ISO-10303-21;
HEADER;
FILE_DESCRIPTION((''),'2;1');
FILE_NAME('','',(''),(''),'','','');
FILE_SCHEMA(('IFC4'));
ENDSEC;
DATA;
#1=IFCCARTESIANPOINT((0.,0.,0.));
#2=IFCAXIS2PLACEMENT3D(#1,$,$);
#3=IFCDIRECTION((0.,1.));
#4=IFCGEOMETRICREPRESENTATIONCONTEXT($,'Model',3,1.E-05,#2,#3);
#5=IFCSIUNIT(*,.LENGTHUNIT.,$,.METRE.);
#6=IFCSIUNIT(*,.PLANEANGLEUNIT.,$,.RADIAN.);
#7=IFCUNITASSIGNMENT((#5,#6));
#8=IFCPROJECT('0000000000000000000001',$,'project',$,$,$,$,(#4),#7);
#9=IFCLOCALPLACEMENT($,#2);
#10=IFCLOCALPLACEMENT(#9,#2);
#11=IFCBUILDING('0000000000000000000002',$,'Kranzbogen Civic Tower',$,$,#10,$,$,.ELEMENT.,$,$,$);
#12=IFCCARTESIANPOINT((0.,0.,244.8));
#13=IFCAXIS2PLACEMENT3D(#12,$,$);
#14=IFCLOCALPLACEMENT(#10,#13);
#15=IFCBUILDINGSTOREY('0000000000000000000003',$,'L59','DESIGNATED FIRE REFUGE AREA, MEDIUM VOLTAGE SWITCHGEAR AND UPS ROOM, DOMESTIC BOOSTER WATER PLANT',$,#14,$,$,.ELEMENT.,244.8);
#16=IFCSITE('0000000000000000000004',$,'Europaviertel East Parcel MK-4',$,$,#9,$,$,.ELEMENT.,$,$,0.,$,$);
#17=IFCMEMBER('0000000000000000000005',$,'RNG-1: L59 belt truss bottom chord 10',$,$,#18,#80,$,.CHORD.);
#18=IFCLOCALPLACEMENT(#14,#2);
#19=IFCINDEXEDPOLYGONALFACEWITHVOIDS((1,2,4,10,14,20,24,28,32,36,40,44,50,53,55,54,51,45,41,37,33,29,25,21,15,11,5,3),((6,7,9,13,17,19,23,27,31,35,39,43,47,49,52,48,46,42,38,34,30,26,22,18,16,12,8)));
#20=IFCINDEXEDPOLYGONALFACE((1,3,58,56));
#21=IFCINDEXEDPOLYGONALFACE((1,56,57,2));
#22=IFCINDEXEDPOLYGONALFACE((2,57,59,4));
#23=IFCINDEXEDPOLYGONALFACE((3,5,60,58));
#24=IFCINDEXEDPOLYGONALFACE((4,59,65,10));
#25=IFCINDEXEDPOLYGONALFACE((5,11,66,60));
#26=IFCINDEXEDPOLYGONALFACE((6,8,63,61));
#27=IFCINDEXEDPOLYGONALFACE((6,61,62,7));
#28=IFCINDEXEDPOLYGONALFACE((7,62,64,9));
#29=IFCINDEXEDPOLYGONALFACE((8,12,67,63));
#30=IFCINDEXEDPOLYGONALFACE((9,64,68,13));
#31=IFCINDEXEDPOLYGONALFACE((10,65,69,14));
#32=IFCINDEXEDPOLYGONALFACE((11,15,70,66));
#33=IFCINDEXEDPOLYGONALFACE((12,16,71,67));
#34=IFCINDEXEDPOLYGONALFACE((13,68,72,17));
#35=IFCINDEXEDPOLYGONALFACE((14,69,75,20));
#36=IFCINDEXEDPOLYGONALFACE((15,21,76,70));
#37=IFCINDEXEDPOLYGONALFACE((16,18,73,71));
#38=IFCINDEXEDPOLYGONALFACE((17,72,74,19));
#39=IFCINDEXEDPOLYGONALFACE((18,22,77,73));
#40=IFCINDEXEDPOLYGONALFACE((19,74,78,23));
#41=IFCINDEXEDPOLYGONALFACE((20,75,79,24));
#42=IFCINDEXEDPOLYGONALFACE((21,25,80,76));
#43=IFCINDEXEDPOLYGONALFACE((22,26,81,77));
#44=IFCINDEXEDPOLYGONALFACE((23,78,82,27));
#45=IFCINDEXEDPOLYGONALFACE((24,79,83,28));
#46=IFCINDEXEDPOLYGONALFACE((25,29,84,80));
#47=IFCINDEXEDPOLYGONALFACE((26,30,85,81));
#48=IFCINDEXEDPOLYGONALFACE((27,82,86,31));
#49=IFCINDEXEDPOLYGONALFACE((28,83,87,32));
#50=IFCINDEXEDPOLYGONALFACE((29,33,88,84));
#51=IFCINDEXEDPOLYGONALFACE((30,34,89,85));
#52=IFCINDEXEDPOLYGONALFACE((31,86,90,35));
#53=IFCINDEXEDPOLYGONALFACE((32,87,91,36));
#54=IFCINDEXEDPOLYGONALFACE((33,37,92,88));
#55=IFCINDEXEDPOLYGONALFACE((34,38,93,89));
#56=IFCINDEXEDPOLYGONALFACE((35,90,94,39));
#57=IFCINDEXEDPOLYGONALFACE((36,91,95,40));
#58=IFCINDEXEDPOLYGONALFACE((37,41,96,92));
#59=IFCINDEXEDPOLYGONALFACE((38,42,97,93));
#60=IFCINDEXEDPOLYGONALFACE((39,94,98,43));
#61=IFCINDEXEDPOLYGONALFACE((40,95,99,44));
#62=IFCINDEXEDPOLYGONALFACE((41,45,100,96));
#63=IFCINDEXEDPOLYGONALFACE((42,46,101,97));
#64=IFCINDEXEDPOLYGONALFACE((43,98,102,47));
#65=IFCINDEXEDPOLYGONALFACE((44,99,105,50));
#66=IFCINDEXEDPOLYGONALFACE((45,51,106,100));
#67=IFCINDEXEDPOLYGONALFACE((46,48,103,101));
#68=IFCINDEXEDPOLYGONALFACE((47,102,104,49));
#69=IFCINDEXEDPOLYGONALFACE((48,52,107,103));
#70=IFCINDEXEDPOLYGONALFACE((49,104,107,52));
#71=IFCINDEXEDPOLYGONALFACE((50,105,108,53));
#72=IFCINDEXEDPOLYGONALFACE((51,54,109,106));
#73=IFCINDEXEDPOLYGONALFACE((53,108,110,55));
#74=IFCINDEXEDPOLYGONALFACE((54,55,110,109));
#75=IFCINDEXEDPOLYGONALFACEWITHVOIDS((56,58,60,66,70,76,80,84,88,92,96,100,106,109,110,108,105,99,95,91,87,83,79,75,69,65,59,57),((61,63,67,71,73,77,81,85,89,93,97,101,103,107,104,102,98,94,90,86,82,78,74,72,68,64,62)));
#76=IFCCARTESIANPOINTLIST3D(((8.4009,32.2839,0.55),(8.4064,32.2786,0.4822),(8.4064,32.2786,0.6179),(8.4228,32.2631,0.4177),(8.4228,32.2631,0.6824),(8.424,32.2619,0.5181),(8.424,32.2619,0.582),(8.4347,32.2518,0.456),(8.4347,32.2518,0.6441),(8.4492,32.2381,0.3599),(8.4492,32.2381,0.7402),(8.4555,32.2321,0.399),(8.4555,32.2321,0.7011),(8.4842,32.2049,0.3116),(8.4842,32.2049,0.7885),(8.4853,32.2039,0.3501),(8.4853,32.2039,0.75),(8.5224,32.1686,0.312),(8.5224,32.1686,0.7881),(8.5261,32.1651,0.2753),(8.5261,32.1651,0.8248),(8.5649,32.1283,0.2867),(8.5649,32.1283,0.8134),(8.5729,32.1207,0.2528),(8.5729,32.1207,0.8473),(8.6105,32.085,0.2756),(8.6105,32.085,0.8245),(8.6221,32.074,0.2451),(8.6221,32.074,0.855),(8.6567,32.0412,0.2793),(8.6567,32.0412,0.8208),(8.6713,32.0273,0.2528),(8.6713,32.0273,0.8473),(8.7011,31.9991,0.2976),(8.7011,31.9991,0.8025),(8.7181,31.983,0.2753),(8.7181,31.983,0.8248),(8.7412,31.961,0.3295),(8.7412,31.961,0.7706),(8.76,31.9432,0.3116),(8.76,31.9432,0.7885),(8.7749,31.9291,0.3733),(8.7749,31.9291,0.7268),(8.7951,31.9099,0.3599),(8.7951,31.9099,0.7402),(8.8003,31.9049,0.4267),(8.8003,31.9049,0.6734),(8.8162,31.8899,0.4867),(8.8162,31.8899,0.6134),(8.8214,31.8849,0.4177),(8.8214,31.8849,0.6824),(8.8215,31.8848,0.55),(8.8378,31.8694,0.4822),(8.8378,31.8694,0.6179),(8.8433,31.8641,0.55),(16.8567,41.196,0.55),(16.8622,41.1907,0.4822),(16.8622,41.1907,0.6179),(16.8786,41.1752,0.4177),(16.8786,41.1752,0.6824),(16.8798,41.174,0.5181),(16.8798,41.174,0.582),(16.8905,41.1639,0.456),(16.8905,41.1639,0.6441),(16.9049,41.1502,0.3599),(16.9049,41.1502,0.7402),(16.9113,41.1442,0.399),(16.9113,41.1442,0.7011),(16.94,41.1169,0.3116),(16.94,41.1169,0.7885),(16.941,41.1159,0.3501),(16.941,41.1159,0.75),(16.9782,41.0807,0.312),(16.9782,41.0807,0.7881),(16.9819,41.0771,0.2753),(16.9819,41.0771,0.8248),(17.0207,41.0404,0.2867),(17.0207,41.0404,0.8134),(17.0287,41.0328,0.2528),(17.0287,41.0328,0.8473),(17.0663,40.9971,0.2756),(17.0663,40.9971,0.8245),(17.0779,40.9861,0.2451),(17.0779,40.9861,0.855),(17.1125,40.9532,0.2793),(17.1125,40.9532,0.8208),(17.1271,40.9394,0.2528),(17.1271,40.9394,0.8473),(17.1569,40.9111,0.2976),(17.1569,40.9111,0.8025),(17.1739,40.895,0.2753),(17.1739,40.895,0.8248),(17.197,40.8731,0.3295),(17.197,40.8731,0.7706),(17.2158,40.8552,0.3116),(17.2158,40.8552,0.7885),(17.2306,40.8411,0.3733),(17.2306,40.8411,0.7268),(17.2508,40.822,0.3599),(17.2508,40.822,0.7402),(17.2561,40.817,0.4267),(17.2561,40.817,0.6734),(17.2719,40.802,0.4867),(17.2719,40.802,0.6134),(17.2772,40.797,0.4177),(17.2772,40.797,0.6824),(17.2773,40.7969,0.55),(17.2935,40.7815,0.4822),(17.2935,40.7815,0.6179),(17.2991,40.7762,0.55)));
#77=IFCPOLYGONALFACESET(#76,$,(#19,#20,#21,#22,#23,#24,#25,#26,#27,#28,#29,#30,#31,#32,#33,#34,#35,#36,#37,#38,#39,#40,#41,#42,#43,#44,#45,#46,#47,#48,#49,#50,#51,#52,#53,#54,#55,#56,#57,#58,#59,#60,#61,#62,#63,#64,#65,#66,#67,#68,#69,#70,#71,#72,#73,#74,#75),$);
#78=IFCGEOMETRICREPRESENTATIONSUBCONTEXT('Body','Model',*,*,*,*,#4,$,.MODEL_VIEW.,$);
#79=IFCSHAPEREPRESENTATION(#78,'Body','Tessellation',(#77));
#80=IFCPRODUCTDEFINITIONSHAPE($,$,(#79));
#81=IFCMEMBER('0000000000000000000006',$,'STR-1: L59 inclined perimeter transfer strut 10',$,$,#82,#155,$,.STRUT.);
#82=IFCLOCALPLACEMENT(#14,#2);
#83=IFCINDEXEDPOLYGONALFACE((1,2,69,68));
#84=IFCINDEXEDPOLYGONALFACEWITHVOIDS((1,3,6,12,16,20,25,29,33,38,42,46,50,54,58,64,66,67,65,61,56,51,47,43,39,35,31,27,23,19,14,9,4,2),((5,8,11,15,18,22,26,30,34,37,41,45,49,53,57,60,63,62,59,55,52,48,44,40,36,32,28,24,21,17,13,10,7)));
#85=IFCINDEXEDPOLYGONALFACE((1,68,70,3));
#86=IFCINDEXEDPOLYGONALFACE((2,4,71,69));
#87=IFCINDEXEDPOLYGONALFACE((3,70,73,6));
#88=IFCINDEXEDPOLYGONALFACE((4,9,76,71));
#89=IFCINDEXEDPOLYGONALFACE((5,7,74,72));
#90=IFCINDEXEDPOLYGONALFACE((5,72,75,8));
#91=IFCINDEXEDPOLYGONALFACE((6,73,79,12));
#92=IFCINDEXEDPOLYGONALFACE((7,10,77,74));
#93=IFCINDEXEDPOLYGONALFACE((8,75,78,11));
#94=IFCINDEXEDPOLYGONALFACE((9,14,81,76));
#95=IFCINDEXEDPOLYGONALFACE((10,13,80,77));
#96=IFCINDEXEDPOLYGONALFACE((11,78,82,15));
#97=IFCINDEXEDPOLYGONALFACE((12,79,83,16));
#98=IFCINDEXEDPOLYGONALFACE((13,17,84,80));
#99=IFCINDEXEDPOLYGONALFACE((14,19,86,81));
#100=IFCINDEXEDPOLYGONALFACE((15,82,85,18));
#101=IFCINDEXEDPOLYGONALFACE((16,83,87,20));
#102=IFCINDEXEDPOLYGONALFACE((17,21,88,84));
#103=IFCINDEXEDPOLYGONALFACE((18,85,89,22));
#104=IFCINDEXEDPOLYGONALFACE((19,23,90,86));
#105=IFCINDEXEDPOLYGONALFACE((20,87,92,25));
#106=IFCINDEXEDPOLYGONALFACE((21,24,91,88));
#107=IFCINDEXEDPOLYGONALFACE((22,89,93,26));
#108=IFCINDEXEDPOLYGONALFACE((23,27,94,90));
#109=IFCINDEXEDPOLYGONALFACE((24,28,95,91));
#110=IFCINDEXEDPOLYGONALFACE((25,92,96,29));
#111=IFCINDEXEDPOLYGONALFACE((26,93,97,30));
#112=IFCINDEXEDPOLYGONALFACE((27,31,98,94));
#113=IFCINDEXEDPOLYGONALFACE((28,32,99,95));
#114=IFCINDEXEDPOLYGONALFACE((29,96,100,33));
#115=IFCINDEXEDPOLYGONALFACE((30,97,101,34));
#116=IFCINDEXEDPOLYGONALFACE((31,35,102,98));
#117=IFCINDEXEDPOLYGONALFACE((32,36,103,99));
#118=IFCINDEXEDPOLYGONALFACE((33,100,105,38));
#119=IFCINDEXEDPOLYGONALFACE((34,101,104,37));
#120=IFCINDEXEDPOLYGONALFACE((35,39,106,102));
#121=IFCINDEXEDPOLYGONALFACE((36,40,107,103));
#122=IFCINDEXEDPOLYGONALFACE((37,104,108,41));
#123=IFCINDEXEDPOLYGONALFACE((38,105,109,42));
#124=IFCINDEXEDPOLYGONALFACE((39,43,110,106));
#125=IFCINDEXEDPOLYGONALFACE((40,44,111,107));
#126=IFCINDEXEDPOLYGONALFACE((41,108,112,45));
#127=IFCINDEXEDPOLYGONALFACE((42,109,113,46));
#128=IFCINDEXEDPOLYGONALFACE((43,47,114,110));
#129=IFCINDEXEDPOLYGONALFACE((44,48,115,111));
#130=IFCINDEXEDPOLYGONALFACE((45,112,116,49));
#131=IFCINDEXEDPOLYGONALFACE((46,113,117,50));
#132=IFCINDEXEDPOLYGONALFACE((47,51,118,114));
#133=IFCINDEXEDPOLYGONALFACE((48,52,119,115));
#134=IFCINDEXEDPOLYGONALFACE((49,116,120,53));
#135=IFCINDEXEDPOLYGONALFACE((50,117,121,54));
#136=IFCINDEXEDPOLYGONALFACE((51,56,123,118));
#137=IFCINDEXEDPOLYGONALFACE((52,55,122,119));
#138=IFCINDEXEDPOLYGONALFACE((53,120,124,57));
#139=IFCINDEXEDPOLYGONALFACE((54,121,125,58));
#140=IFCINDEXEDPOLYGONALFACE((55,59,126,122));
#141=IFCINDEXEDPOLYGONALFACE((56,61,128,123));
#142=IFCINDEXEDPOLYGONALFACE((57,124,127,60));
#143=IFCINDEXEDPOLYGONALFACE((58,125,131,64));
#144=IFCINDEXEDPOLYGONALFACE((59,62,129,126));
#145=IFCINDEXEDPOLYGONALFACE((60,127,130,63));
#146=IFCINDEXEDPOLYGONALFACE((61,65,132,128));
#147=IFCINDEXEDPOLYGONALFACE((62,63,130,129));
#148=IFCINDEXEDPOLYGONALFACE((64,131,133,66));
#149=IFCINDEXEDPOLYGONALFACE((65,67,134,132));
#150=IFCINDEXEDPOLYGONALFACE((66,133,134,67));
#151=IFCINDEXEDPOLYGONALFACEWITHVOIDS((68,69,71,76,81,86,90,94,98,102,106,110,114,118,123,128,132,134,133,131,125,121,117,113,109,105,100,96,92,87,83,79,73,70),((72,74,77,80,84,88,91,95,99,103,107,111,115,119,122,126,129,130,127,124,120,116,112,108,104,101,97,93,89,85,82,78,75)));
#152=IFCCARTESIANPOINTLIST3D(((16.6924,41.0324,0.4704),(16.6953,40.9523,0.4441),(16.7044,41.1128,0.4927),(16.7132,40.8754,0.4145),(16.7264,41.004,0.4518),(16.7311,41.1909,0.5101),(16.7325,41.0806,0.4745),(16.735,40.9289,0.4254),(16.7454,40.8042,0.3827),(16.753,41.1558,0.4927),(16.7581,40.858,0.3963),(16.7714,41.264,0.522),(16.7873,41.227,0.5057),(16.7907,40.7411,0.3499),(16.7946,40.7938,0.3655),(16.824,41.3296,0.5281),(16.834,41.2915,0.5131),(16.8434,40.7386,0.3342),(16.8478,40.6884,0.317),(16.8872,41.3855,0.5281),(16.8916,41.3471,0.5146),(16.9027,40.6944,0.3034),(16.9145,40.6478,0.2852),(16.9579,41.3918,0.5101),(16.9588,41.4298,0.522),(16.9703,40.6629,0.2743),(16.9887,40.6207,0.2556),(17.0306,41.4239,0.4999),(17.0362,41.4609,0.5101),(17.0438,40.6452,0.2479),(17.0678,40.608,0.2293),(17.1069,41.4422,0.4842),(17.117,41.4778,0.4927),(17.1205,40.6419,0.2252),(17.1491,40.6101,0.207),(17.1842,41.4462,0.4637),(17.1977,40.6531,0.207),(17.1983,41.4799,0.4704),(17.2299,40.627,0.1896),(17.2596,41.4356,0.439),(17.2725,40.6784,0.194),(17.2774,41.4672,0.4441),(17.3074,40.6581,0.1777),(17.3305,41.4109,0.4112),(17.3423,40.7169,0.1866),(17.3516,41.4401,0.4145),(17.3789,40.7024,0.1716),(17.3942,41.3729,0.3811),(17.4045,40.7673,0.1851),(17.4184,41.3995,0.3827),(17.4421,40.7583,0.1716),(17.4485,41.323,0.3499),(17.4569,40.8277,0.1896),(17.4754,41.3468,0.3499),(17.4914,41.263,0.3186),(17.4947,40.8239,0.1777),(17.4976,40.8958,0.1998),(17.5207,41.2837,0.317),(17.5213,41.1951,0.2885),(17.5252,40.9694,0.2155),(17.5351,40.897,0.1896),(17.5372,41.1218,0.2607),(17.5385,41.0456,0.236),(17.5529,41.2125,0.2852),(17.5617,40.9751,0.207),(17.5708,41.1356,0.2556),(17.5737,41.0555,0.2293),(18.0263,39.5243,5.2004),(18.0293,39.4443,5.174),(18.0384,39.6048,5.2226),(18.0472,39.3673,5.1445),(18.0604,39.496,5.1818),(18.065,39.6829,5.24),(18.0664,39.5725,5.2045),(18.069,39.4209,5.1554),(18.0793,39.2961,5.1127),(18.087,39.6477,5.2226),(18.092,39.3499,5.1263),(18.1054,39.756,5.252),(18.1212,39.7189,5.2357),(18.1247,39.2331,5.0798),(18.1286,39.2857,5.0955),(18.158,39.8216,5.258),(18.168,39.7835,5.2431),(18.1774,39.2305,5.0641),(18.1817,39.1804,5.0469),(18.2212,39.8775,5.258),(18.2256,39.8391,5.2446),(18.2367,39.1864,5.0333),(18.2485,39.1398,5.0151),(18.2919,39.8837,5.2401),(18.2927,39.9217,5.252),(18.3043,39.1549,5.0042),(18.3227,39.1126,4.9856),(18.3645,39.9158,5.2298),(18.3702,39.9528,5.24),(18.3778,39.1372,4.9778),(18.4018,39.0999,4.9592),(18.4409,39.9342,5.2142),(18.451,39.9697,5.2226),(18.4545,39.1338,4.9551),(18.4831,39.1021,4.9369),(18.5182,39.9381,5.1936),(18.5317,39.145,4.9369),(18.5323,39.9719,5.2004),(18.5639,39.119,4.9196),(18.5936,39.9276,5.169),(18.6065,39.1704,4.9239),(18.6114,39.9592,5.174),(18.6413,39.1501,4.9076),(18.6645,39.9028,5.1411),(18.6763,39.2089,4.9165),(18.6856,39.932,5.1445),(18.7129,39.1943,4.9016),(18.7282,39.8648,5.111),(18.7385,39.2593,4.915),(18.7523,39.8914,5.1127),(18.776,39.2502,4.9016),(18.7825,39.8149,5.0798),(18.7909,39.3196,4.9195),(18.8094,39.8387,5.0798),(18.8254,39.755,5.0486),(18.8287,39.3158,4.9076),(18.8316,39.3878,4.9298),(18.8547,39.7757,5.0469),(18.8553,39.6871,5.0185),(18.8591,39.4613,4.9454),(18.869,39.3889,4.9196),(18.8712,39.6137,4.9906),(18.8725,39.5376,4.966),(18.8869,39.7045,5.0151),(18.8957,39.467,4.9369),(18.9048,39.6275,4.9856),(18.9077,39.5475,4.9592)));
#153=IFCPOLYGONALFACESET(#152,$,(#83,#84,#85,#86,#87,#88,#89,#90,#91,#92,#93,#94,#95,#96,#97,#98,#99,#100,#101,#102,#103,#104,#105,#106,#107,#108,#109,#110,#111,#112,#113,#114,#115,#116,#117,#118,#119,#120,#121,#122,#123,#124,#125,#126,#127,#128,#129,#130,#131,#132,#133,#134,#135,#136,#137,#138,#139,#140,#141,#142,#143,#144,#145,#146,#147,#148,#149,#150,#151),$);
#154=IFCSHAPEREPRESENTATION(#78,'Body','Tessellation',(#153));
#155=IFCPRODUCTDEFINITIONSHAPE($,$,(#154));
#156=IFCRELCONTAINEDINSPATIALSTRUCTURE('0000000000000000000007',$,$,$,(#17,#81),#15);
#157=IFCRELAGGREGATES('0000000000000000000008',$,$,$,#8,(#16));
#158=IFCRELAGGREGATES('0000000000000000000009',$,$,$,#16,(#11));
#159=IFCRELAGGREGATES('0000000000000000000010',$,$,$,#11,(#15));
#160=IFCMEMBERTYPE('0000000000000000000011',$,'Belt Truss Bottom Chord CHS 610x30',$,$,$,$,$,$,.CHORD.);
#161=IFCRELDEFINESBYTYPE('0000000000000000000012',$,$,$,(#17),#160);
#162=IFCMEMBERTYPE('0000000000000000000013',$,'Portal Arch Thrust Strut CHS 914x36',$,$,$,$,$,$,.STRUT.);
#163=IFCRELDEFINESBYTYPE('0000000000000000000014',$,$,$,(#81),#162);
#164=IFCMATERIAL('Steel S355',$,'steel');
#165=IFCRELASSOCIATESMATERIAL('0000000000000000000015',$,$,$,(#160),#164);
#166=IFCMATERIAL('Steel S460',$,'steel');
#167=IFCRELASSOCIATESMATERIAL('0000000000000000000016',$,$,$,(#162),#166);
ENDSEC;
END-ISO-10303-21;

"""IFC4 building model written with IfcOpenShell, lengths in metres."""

from ifc_helpers import new_model, si_unit, direction, frame, origin, origin_2d, place, context, subcontext, project, spatial, hollow_circle, extrude, material, material_profile, profile_set, type_object, element, save


model = new_model("IFC4")

# Units and contexts
model_context = context("Model", 3, precision=1e-05, world=origin(), true_north=direction((0.0, 1.0)))
body_context = subcontext(model_context, "Body", "Model", "MODEL_VIEW")
ifc_project = project(units=[si_unit("LENGTHUNIT", "METRE"), si_unit("PLANEANGLEUNIT", "RADIAN")], contexts=[model_context])

# Site, building, storey
site_placement = place(None, origin())
site = spatial("IfcSite", under=ifc_project, at=site_placement, Name="Europaviertel East Parcel MK-4", CompositionType="ELEMENT", RefElevation=0.0)
building_placement = place(site_placement, origin())
building = spatial("IfcBuilding", under=site, at=building_placement, Name="Kranzbogen Civic Tower", CompositionType="ELEMENT")
storey_placement = place(building_placement, frame((0.0, 0.0, 244.8)))
storey = spatial("IfcBuildingStorey", under=building, at=storey_placement, Name="L59", Description="DESIGNATED FIRE REFUGE AREA, MEDIUM VOLTAGE SWITCHGEAR AND UPS ROOM, DOMESTIC BOOSTER WATER PLANT", CompositionType="ELEMENT", Elevation=244.8)

# Shared definitions
ifc_material_1 = material(Name="Steel S355", Category="steel")
ifc_material_2 = material(Name="Steel S460", Category="steel")

# Members
ifc_material_profile_1 = material_profile(ifc_material_1, hollow_circle(Radius=0.3049, WallThickness=0.03, at=origin_2d()), Name="CHS 610x30")
ifc_profile_set_1 = profile_set([ifc_material_profile_1], Name="Steel S355")
member_type_1 = type_object("IfcMemberType", Name="Belt Truss Bottom Chord CHS 610x30", PredefinedType="CHORD", material=ifc_profile_set_1)
member_1_placement = place(storey_placement, frame((17.0779, 40.9861, 0.55), z_axis=(-0.688292, -0.725434, 0.0), x_axis=(0.725434, -0.688292, 0.0)))
element("IfcMember", 1, at=member_1_placement, inside=storey, type_object=member_type_1, Name="RNG-1: L59 belt truss bottom chord 10", PredefinedType="CHORD", context=body_context, shape_type="SweptSolid", body=[
    extrude(hollow_circle(Radius=0.3049, WallThickness=0.03, at=origin_2d()), origin(), (0.0, 0.0, 1.0), 12.2852),
])
ifc_material_profile_2 = material_profile(ifc_material_2, hollow_circle(Radius=0.457, WallThickness=0.0359, at=origin_2d()), Name="CHS 914x36")
ifc_profile_set_2 = profile_set([ifc_material_profile_2], Name="Steel S460")
member_type_2 = type_object("IfcMemberType", Name="Portal Arch Thrust Strut CHS 914x36", PredefinedType="STRUT", material=ifc_profile_set_2)
member_2_placement = place(storey_placement, frame((17.1331, 41.0439, 0.3499), z_axis=(0.259496, -0.293358, 0.92011), x_axis=(0.749013, 0.662556, 0.0)))
element("IfcMember", 2, at=member_2_placement, inside=storey, type_object=member_type_2, Name="STR-1: L59 inclined perimeter transfer strut 10", PredefinedType="STRUT", context=body_context, shape_type="SweptSolid", body=[
    extrude(hollow_circle(Radius=0.457, WallThickness=0.0359, at=origin_2d()), origin(), (0.0, 0.0, 1.0), 5.1406),
])

save(model, "model.ifc")
